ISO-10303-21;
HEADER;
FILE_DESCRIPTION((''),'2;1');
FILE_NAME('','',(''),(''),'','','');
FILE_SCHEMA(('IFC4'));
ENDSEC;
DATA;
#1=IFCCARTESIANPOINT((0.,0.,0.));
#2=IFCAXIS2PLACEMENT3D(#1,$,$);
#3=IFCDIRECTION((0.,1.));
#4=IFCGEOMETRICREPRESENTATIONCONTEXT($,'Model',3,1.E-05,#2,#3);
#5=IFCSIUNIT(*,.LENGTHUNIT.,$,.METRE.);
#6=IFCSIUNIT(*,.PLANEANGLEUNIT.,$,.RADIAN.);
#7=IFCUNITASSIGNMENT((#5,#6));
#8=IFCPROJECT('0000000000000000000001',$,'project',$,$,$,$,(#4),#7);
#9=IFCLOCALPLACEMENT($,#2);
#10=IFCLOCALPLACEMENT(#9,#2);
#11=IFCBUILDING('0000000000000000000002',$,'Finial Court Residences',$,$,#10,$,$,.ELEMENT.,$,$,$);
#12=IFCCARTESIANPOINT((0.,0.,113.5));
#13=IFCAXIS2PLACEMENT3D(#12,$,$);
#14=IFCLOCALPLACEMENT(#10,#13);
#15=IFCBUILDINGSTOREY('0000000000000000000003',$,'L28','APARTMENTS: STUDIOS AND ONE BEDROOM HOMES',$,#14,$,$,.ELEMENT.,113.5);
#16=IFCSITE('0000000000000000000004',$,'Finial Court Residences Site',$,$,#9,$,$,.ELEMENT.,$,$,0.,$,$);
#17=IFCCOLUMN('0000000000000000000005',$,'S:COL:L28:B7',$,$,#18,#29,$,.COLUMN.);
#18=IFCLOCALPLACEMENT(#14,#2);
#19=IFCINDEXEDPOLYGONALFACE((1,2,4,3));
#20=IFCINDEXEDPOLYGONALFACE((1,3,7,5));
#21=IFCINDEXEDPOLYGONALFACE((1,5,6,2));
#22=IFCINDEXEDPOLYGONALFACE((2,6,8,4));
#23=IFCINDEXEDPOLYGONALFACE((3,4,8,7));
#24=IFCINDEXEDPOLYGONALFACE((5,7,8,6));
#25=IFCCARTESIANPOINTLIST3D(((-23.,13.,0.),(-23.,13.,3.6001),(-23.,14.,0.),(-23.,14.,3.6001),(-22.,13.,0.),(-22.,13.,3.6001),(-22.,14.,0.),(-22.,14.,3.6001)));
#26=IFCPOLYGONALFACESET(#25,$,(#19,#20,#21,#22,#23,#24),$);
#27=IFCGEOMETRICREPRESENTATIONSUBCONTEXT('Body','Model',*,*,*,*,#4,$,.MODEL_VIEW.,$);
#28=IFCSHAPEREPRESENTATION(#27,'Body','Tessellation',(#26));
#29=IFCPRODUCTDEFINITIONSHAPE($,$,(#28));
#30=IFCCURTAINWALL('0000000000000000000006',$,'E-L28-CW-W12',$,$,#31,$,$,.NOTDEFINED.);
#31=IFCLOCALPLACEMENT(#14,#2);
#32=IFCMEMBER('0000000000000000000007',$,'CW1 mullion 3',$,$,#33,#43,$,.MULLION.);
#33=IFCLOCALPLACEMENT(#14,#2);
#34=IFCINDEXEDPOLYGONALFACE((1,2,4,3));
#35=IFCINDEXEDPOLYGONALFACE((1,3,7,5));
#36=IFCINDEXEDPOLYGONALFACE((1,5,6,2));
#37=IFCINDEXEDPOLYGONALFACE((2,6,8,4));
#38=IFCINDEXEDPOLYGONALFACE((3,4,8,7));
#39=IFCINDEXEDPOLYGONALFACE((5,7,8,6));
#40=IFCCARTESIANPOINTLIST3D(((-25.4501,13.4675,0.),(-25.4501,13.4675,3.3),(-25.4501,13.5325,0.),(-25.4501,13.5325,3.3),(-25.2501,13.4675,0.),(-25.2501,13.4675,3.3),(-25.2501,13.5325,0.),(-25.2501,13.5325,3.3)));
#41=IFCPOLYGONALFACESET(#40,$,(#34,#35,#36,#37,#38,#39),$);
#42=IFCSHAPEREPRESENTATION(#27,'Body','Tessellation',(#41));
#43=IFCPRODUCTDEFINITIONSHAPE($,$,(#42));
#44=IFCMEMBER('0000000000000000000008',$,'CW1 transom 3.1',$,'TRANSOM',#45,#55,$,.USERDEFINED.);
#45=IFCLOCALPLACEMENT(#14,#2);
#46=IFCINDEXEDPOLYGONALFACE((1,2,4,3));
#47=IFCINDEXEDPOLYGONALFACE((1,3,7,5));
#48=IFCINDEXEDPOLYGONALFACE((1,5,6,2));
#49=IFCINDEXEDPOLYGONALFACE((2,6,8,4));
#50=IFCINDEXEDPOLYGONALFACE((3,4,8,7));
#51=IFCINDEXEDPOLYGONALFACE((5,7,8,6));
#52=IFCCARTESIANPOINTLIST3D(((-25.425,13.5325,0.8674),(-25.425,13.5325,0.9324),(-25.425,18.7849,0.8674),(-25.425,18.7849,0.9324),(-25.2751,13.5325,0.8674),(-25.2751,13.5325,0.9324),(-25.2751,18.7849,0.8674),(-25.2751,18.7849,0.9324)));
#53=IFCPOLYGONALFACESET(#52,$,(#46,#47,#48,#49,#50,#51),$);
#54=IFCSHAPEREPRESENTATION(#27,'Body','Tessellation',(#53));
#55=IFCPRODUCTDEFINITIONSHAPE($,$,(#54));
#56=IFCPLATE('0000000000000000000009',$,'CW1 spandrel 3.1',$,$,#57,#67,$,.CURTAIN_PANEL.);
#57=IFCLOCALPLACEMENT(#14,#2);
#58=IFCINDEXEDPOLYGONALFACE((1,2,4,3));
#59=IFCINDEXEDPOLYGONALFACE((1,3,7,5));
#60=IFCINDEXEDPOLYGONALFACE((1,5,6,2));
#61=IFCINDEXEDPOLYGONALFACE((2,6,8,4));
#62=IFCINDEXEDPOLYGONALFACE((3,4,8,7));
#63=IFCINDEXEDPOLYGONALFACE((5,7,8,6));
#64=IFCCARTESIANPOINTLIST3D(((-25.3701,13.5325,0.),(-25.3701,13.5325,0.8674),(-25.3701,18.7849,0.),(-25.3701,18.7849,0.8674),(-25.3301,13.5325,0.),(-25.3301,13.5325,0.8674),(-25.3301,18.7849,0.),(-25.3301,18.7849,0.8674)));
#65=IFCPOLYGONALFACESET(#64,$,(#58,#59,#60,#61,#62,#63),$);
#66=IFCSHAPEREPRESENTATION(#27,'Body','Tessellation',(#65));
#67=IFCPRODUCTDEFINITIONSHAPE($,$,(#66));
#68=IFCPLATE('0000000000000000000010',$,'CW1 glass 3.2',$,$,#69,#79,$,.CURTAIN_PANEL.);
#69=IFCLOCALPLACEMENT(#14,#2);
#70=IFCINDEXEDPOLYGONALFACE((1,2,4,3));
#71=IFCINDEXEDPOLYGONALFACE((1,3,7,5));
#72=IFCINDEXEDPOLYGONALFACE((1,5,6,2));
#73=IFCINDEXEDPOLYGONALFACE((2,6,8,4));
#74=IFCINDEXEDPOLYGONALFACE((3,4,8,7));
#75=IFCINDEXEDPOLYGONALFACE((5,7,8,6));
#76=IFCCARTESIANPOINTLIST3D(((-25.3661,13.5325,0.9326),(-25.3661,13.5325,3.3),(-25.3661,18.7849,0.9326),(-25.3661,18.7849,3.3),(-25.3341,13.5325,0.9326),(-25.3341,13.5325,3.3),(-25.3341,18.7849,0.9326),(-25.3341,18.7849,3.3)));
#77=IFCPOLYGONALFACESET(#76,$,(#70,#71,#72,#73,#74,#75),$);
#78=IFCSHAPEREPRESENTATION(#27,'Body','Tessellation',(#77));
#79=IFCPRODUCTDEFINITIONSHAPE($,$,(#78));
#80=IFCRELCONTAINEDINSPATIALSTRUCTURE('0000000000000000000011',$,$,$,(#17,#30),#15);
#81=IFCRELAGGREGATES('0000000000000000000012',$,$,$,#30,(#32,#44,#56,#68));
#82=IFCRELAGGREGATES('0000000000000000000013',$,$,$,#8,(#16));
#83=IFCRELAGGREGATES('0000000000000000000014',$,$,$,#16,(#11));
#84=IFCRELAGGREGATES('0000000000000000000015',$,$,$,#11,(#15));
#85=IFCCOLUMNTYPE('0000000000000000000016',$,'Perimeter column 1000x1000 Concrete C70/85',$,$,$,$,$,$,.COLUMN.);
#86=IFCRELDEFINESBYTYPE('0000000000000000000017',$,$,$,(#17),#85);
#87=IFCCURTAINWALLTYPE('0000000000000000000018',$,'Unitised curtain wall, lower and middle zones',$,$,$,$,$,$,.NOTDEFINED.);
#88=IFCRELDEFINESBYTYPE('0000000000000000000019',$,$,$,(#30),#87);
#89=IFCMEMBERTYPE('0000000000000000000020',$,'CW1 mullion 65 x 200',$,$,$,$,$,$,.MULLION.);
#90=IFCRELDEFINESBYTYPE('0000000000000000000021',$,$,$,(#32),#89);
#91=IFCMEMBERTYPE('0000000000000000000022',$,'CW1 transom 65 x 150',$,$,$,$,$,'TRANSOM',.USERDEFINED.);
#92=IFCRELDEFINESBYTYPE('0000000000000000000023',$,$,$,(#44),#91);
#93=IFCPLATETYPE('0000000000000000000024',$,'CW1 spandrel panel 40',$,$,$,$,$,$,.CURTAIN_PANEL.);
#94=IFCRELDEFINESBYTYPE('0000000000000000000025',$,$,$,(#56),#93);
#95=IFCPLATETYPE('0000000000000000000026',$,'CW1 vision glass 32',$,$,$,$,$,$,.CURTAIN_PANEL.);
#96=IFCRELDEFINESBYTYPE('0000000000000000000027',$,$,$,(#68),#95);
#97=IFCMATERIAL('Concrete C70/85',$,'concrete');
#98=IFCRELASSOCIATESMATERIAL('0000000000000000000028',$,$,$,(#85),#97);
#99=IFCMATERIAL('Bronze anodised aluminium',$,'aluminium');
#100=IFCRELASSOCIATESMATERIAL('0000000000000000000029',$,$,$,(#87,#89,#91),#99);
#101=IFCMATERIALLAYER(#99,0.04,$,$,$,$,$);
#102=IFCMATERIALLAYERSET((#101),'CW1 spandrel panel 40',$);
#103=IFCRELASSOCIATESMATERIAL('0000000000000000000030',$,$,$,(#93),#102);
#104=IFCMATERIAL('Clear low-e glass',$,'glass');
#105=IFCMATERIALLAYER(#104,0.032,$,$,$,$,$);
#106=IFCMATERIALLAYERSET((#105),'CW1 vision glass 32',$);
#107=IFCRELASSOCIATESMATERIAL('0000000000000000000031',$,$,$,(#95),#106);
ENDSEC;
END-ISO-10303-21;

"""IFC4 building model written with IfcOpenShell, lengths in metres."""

from ifc_helpers import new_model, si_unit, direction, frame, origin, origin_2d, place, context, subcontext, project, spatial, rectangle, extrude, material, layer, layer_set, material_profile, profile_set, type_object, element, aggregate, save


model = new_model("IFC4")

# Units and contexts
model_context = context("Model", 3, precision=1e-05, world=origin(), true_north=direction((0.0, 1.0)))
body_context = subcontext(model_context, "Body", "Model", "MODEL_VIEW")
ifc_project = project(units=[si_unit("LENGTHUNIT", "METRE"), si_unit("PLANEANGLEUNIT", "RADIAN")], contexts=[model_context])

# Site, building, storey
site_placement = place(None, origin())
site = spatial("IfcSite", under=ifc_project, at=site_placement, Name="Finial Court Residences Site", CompositionType="ELEMENT", RefElevation=0.0)
building_placement = place(site_placement, origin())
building = spatial("IfcBuilding", under=site, at=building_placement, Name="Finial Court Residences", CompositionType="ELEMENT")
storey_placement = place(building_placement, frame((0.0, 0.0, 113.5)))
storey = spatial("IfcBuildingStorey", under=building, at=storey_placement, Name="L28", Description="APARTMENTS: STUDIOS AND ONE BEDROOM HOMES", CompositionType="ELEMENT", Elevation=113.5)

# Column
ifc_material_1 = material(Name="Concrete C70/85", Category="concrete")
ifc_material_profile_1 = material_profile(ifc_material_1, rectangle(XDim=1.0, YDim=1.0, at=origin_2d()), Name="1000x1000")
ifc_profile_set_1 = profile_set([ifc_material_profile_1], Name="Concrete C70/85")
column_type = type_object("IfcColumnType", Name="Perimeter column 1000x1000 Concrete C70/85", PredefinedType="COLUMN", material=ifc_profile_set_1)
column_placement = place(storey_placement, frame((-22.5, 13.5, 0.0), z_axis=(0.0, 0.0, 1.0), x_axis=(1.0, 0.0, 0.0)))
element("IfcColumn", 1, at=column_placement, inside=storey, type_object=column_type, Name="S:COL:L28:B7", PredefinedType="COLUMN", context=body_context, shape_type="SweptSolid", body=[
    extrude(rectangle(XDim=1.0, YDim=1.0, at=origin_2d()), origin(), (0.0, 0.0, 1.0), 3.6001),
])

# Curtain wall, members, plates
ifc_material_2 = material(Name="Bronze anodised aluminium", Category="aluminium")
curtain_wall_type = type_object("IfcCurtainWallType", Name="Unitised curtain wall, lower and middle zones", PredefinedType="NOTDEFINED", material=ifc_material_2)
curtain_wall_placement = place(storey_placement, origin())
curtain_wall = element("IfcCurtainWall", 2, at=curtain_wall_placement, inside=storey, type_object=curtain_wall_type, Name="E-L28-CW-W12", PredefinedType="NOTDEFINED")
ifc_material_profile_2 = material_profile(ifc_material_2, rectangle(XDim=0.2, YDim=0.0649, at=origin_2d()), Name="CW1 mullion 65 x 200")
ifc_profile_set_2 = profile_set([ifc_material_profile_2], Name="Bronze anodised aluminium")
member_type_1 = type_object("IfcMemberType", Name="CW1 mullion 65 x 200", PredefinedType="MULLION", material=ifc_profile_set_2)
member_1_placement = place(storey_placement, frame((-25.3501, 13.5, 0.0), z_axis=(0.0, 0.0, 1.0), x_axis=(-1.0, 0.0, 0.0)))
member_1 = element("IfcMember", 3, at=member_1_placement, type_object=member_type_1, Name="CW1 mullion 3", PredefinedType="MULLION", context=body_context, shape_type="SweptSolid", body=[
    extrude(rectangle(XDim=0.2, YDim=0.0649, at=origin_2d()), origin(), (0.0, 0.0, 1.0), 3.3),
])
ifc_material_profile_3 = material_profile(ifc_material_2, rectangle(XDim=0.1499, YDim=0.0649, at=origin_2d()), Name="CW1 transom 65 x 150")
ifc_profile_set_3 = profile_set([ifc_material_profile_3], Name="Bronze anodised aluminium")
member_type_2 = type_object("IfcMemberType", Name="CW1 transom 65 x 150", ElementType="TRANSOM", PredefinedType="USERDEFINED", material=ifc_profile_set_3)
member_2_placement = place(storey_placement, frame((-25.3501, 13.5325, 0.8999), z_axis=(0.0, 1.0, 0.0), x_axis=(-1.0, 0.0, 0.0)))
member_2 = element("IfcMember", 4, at=member_2_placement, type_object=member_type_2, Name="CW1 transom 3.1", ObjectType="TRANSOM", PredefinedType="USERDEFINED", context=body_context, shape_type="SweptSolid", body=[
    extrude(rectangle(XDim=0.1499, YDim=0.0649, at=origin_2d()), origin(), (0.0, 0.0, 1.0), 5.2524),
])
ifc_layer_1 = layer(ifc_material_2, 0.04)
ifc_layer_set_1 = layer_set([ifc_layer_1], Name="CW1 spandrel panel 40")
plate_type_1 = type_object("IfcPlateType", Name="CW1 spandrel panel 40", PredefinedType="CURTAIN_PANEL", material=ifc_layer_set_1)
plate_1_placement = place(storey_placement, frame((-25.3501, 16.1587, 0.0), z_axis=(0.0, 0.0, 1.0), x_axis=(0.0, 1.0, 0.0)))
plate_1 = element("IfcPlate", 5, at=plate_1_placement, type_object=plate_type_1, Name="CW1 spandrel 3.1", PredefinedType="CURTAIN_PANEL", context=body_context, shape_type="SweptSolid", body=[
    extrude(rectangle(XDim=5.2524, YDim=0.04, at=origin_2d()), origin(), (0.0, 0.0, 1.0), 0.8674),
])
ifc_material_3 = material(Name="Clear low-e glass", Category="glass")
ifc_layer_2 = layer(ifc_material_3, 0.032)
ifc_layer_set_2 = layer_set([ifc_layer_2], Name="CW1 vision glass 32")
plate_type_2 = type_object("IfcPlateType", Name="CW1 vision glass 32", PredefinedType="CURTAIN_PANEL", material=ifc_layer_set_2)
plate_2_placement = place(storey_placement, frame((-25.3501, 16.1587, 0.9326), z_axis=(0.0, 0.0, 1.0), x_axis=(0.0, 1.0, 0.0)))
plate_2 = element("IfcPlate", 6, at=plate_2_placement, type_object=plate_type_2, Name="CW1 glass 3.2", PredefinedType="CURTAIN_PANEL", context=body_context, shape_type="SweptSolid", body=[
    extrude(rectangle(XDim=5.2524, YDim=0.032, at=origin_2d()), origin(), (0.0, 0.0, 1.0), 2.3674),
])
aggregate(curtain_wall, [member_1, member_2, plate_1, plate_2])

save(model, "model.ifc")
